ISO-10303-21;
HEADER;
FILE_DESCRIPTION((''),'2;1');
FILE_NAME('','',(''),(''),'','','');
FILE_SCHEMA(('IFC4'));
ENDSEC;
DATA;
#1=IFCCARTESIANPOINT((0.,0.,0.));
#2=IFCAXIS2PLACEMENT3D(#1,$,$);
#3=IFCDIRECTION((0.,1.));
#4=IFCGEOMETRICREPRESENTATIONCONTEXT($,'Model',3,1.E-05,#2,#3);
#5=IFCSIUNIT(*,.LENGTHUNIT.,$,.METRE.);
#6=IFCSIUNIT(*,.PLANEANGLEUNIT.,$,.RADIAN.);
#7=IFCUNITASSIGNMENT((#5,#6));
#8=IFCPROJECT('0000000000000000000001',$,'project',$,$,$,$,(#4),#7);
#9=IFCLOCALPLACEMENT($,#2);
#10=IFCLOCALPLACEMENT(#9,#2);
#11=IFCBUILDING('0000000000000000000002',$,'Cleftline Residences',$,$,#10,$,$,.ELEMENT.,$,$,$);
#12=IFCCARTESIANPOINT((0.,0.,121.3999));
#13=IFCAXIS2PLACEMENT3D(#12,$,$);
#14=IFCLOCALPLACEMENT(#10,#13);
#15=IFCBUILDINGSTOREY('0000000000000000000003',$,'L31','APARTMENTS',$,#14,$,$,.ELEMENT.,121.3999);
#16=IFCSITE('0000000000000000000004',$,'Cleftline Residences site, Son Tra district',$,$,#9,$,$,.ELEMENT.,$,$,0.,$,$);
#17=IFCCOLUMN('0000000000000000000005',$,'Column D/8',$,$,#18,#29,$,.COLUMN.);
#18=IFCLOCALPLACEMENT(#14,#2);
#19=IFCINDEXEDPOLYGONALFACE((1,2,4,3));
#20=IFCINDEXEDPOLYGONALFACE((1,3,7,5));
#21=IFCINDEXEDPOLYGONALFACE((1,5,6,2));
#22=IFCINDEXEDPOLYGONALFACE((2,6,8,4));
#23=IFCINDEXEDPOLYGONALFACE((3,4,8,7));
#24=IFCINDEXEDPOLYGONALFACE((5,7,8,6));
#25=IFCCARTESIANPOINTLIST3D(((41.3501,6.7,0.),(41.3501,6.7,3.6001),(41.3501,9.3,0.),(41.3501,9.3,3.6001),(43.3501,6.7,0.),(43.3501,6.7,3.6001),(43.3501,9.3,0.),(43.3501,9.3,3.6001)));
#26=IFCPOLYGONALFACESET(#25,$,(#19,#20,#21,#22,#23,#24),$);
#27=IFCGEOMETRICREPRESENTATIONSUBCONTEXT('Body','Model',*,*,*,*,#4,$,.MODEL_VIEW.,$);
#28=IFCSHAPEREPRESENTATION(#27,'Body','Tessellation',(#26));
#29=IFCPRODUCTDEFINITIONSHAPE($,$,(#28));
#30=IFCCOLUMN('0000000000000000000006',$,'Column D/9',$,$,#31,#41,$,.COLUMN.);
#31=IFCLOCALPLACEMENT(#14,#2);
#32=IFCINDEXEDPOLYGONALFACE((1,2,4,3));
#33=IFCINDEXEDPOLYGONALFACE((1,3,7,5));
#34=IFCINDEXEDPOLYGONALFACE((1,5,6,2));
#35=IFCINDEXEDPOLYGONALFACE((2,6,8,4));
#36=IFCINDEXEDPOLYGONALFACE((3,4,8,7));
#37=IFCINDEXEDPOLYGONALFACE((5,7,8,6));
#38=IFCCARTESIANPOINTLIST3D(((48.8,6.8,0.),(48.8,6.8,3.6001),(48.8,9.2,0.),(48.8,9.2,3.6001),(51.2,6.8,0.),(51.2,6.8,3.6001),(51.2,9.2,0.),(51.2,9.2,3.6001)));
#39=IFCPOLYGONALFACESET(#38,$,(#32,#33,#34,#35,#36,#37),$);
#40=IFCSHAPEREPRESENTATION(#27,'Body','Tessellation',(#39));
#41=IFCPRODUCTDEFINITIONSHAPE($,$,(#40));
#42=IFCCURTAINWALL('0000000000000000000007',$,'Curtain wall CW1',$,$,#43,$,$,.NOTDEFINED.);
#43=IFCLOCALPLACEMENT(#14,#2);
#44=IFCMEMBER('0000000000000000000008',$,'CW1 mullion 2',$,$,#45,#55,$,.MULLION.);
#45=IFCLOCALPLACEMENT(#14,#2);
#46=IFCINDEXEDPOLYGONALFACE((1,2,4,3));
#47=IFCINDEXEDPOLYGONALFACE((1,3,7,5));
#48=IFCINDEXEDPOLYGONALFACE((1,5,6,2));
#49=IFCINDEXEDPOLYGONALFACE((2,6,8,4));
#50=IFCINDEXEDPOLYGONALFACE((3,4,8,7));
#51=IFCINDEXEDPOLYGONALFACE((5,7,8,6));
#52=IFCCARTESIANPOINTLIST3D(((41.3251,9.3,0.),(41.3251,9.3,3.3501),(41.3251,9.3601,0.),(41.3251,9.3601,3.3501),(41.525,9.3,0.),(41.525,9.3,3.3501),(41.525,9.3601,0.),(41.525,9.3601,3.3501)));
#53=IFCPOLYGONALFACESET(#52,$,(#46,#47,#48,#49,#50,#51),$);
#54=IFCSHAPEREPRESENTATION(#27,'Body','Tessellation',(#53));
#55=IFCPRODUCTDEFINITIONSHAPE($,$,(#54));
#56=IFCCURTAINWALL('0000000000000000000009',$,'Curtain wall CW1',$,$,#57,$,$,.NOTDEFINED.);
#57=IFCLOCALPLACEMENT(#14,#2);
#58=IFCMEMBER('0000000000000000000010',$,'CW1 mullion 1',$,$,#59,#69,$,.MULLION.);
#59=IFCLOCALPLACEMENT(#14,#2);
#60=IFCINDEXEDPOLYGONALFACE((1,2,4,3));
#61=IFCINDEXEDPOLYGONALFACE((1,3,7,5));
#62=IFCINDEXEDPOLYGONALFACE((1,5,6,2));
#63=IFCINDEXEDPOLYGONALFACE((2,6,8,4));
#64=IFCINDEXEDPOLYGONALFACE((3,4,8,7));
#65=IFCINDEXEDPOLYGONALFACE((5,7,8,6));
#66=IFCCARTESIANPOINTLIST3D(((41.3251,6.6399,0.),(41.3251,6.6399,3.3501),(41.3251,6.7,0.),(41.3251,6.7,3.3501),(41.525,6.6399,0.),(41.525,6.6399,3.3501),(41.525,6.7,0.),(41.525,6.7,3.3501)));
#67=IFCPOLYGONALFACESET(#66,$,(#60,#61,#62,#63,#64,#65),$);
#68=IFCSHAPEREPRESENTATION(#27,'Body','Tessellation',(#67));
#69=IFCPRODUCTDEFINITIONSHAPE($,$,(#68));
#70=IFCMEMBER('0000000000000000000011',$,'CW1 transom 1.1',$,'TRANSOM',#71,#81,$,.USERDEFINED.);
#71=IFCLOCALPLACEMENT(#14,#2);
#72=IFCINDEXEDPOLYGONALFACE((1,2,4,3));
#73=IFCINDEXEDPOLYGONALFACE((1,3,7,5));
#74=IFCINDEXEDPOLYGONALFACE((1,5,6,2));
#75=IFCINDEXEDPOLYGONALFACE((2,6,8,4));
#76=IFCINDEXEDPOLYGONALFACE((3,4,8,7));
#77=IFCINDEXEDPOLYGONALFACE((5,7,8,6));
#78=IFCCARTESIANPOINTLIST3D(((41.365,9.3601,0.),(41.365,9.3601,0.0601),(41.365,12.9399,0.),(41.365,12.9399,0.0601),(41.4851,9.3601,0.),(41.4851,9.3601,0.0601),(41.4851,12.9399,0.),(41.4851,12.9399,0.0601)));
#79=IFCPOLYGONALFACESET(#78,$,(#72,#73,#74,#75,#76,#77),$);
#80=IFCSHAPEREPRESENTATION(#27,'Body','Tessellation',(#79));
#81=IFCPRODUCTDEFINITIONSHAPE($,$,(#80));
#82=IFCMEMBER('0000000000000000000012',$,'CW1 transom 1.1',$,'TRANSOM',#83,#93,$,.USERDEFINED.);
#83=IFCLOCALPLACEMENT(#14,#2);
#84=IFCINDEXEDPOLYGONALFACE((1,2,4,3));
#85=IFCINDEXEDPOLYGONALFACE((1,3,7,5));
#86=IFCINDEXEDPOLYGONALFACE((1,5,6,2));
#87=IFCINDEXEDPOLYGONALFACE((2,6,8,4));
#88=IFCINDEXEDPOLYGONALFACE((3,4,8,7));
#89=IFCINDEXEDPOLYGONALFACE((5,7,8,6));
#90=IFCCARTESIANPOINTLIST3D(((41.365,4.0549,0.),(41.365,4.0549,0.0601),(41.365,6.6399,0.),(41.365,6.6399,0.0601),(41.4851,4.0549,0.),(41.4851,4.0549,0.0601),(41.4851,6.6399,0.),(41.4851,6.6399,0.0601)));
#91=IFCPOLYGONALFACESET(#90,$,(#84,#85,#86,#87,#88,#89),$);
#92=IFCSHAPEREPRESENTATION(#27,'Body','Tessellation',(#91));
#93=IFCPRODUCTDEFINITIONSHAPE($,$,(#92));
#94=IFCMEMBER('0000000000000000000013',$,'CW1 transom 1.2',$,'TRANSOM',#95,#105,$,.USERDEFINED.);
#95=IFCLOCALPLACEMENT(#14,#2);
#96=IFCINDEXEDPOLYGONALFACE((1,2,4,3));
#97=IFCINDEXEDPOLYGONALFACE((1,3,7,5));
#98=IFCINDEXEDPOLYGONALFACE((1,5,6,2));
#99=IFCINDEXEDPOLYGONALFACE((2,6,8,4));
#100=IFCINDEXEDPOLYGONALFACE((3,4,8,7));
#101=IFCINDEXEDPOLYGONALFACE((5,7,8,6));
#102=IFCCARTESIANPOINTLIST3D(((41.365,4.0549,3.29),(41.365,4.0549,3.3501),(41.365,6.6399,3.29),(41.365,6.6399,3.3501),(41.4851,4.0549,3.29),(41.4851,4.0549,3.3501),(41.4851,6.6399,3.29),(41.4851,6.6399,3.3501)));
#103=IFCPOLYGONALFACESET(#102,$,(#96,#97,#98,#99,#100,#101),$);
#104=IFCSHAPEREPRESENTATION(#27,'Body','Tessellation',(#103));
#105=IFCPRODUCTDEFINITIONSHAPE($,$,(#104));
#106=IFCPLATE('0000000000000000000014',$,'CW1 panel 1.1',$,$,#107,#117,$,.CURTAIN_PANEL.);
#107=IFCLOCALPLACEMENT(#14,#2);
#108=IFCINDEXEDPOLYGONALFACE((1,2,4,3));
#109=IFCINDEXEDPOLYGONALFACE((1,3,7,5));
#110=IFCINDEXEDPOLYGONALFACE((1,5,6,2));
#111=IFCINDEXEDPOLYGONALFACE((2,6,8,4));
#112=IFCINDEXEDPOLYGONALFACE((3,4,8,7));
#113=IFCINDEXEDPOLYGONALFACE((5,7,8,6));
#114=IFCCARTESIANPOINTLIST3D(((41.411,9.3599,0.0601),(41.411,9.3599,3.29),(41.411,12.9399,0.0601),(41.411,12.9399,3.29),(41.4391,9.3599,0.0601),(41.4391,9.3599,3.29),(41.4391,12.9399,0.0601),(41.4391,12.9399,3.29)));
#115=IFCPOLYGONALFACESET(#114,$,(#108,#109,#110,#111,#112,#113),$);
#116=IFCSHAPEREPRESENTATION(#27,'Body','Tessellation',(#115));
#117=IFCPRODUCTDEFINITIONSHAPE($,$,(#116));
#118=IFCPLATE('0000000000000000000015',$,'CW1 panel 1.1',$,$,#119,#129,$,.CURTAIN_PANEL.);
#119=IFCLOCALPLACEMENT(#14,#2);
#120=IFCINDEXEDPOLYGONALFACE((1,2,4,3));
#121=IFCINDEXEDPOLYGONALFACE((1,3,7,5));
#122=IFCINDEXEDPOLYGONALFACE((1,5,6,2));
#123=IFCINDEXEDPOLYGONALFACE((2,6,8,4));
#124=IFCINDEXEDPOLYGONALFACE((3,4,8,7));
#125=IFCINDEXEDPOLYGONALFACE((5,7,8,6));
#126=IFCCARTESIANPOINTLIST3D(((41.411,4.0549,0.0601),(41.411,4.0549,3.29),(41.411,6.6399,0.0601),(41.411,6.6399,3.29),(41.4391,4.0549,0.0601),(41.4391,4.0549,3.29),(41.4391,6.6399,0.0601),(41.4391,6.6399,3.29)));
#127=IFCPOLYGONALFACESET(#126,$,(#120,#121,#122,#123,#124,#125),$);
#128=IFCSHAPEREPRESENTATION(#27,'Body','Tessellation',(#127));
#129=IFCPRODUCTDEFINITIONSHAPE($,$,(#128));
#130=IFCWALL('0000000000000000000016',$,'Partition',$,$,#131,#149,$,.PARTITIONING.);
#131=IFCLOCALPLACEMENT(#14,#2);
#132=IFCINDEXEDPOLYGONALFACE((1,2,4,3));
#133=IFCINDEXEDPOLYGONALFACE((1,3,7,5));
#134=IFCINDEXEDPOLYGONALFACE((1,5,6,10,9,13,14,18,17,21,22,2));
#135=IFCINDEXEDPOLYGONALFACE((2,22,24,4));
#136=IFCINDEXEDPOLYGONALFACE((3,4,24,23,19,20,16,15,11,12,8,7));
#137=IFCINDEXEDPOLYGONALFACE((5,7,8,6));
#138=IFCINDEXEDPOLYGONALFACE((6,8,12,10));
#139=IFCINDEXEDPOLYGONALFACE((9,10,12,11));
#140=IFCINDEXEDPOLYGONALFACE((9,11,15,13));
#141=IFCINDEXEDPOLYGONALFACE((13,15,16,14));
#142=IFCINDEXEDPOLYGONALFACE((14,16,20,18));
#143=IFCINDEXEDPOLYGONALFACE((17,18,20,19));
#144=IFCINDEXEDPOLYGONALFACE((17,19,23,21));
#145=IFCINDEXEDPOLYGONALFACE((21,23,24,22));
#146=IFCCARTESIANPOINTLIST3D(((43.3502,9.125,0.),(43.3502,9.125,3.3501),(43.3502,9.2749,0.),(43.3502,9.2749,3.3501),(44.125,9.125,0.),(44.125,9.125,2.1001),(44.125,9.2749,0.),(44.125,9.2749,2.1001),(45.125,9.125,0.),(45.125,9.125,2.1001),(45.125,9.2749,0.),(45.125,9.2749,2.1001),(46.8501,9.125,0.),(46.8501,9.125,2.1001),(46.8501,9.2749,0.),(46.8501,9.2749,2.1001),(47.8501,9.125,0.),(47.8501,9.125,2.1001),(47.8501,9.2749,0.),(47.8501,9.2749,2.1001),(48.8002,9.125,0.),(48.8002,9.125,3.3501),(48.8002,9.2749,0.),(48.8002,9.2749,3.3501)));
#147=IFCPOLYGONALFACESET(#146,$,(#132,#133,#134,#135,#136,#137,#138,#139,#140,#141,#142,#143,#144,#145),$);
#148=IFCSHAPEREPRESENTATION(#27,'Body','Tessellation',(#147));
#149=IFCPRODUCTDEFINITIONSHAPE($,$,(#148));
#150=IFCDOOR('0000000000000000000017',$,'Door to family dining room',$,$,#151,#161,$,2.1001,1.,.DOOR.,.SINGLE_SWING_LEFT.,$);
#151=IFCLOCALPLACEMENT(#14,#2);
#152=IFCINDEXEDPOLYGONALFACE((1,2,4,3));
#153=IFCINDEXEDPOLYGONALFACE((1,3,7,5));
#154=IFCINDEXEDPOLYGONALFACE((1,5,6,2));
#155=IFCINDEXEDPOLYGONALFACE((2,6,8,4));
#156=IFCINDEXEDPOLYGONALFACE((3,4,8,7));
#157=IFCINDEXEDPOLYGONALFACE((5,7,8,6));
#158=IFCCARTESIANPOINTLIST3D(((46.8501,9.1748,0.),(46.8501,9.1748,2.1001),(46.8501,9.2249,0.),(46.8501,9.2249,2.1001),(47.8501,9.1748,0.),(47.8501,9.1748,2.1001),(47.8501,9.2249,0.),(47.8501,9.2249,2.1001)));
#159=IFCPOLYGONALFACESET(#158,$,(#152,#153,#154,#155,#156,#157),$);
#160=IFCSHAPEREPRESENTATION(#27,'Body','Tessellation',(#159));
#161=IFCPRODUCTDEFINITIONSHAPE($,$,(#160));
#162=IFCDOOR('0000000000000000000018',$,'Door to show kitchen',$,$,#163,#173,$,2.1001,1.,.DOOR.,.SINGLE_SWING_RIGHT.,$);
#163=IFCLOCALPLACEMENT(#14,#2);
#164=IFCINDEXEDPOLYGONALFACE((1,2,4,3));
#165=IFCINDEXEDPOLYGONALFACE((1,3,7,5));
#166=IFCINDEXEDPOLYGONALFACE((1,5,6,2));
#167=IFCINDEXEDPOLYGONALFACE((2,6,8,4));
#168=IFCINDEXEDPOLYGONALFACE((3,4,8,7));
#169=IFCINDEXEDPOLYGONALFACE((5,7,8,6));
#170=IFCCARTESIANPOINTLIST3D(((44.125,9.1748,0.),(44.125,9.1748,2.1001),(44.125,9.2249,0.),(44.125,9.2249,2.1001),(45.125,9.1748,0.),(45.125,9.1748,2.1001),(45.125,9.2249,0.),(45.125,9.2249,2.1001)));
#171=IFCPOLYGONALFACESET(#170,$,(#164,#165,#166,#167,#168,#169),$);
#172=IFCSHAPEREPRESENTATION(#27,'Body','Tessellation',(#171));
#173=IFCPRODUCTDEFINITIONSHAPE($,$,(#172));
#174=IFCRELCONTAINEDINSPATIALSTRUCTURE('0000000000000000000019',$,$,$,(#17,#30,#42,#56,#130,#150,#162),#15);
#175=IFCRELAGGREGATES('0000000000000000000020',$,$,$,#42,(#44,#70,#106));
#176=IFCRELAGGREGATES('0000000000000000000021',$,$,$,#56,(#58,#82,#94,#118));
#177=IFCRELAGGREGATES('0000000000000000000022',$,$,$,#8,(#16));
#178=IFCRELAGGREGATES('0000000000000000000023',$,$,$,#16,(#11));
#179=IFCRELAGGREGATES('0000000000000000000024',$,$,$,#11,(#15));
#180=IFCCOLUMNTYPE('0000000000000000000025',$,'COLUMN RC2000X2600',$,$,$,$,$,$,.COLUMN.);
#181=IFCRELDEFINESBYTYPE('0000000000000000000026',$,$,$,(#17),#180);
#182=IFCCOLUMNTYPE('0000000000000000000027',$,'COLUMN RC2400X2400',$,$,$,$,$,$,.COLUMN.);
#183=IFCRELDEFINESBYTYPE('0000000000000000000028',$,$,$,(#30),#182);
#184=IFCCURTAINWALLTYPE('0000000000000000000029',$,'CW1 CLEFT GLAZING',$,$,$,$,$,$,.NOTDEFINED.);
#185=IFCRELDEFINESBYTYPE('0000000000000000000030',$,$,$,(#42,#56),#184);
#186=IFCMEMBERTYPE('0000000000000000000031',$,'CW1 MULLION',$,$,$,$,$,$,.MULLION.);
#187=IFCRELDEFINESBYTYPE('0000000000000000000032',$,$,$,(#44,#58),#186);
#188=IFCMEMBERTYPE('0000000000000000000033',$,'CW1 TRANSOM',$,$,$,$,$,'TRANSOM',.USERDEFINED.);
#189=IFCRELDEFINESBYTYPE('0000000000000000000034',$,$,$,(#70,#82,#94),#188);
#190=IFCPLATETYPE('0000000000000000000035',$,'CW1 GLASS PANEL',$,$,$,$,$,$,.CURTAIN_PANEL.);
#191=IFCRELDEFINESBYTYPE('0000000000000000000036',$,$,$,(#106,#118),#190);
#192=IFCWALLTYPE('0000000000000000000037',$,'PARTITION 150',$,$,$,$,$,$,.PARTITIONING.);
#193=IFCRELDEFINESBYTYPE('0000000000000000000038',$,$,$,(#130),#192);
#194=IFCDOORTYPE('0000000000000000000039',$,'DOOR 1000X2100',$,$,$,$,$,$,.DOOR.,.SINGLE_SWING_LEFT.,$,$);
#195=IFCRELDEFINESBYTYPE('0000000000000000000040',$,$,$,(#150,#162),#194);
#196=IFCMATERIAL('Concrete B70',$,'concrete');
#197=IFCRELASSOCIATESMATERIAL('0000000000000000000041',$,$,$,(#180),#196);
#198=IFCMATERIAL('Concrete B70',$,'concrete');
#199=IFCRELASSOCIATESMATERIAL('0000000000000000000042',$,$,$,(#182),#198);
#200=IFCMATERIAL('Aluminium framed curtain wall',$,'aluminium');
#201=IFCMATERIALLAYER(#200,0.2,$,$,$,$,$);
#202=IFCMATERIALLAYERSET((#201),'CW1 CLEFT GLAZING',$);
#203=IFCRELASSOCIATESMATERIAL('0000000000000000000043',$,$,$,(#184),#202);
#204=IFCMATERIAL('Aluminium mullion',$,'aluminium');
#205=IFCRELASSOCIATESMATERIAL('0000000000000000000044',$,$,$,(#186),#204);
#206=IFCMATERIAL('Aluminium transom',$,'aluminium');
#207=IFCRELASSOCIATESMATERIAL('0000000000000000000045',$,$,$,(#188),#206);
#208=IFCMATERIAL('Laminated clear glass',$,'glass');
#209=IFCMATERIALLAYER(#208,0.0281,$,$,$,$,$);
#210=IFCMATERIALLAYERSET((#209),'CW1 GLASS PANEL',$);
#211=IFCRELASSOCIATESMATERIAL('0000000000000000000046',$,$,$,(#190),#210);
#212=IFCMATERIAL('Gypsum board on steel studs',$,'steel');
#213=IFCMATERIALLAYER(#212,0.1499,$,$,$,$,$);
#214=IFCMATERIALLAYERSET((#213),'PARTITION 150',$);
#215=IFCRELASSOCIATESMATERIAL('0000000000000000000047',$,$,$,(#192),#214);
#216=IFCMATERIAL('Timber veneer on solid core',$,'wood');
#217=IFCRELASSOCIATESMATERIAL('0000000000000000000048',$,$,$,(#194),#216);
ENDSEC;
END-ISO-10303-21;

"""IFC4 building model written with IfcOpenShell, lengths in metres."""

from ifc_helpers import new_model, si_unit, direction, frame, frame_2d, origin, origin_2d, place, context, subcontext, project, spatial, rectangle, extrude, material, layer, layer_set, material_profile, profile_set, type_object, element, fill, aggregate, save


model = new_model("IFC4")

# Units and contexts
model_context = context("Model", 3, precision=1e-05, world=origin(), true_north=direction((0.0, 1.0)))
body_context = subcontext(model_context, "Body", "Model", "MODEL_VIEW")
ifc_project = project(units=[si_unit("LENGTHUNIT", "METRE"), si_unit("PLANEANGLEUNIT", "RADIAN")], contexts=[model_context])

# Site, building, storey
site_placement = place(None, origin())
site = spatial("IfcSite", under=ifc_project, at=site_placement, Name="Cleftline Residences site, Son Tra district", CompositionType="ELEMENT", RefElevation=0.0)
building_placement = place(site_placement, origin())
building = spatial("IfcBuilding", under=site, at=building_placement, Name="Cleftline Residences", CompositionType="ELEMENT")
storey_placement = place(building_placement, frame((0.0, 0.0, 121.3999)))
storey = spatial("IfcBuildingStorey", under=building, at=storey_placement, Name="L31", Description="APARTMENTS", CompositionType="ELEMENT", Elevation=121.3999)

# Columns
ifc_material_1 = material(Name="Concrete B70", Category="concrete")
ifc_material_profile_1 = material_profile(ifc_material_1, rectangle(XDim=2.0, YDim=2.6001, at=origin_2d()))
ifc_profile_set_1 = profile_set([ifc_material_profile_1], Name="Concrete B70")
column_type_1 = type_object("IfcColumnType", Name="COLUMN RC2000X2600", PredefinedType="COLUMN", material=ifc_profile_set_1)
column_1_placement = place(storey_placement, frame((42.3501, 8.0, 0.0), z_axis=(0.0, 0.0, 1.0), x_axis=(1.0, 0.0, 0.0)))
element("IfcColumn", 1, at=column_1_placement, inside=storey, type_object=column_type_1, Name="Column D/8", PredefinedType="COLUMN", context=body_context, shape_type="SweptSolid", body=[
    extrude(rectangle(XDim=2.0, YDim=2.6001, at=origin_2d()), origin(), (0.0, 0.0, 1.0), 3.6001),
])
ifc_material_2 = material(Name="Concrete B70", Category="concrete")
ifc_material_profile_2 = material_profile(ifc_material_2, rectangle(XDim=2.3999, YDim=2.3999, at=origin_2d()))
ifc_profile_set_2 = profile_set([ifc_material_profile_2], Name="Concrete B70")
column_type_2 = type_object("IfcColumnType", Name="COLUMN RC2400X2400", PredefinedType="COLUMN", material=ifc_profile_set_2)
column_2_placement = place(storey_placement, frame((50.0, 8.0, 0.0), z_axis=(0.0, 0.0, 1.0), x_axis=(1.0, 0.0, 0.0)))
element("IfcColumn", 2, at=column_2_placement, inside=storey, type_object=column_type_2, Name="Column D/9", PredefinedType="COLUMN", context=body_context, shape_type="SweptSolid", body=[
    extrude(rectangle(XDim=2.3999, YDim=2.3999, at=origin_2d()), origin(), (0.0, 0.0, 1.0), 3.6001),
])

# Curtain walls, members
ifc_material_3 = material(Name="Aluminium framed curtain wall", Category="aluminium")
ifc_layer_1 = layer(ifc_material_3, 0.2)
ifc_layer_set_1 = layer_set([ifc_layer_1], Name="CW1 CLEFT GLAZING")
curtain_wall_type = type_object("IfcCurtainWallType", Name="CW1 CLEFT GLAZING", PredefinedType="NOTDEFINED", material=ifc_layer_set_1)
curtain_wall_1_placement = place(storey_placement, origin())
curtain_wall_1 = element("IfcCurtainWall", 3, at=curtain_wall_1_placement, inside=storey, type_object=curtain_wall_type, Name="Curtain wall CW1", PredefinedType="NOTDEFINED")
ifc_material_4 = material(Name="Aluminium mullion", Category="aluminium")
ifc_material_profile_3 = material_profile(ifc_material_4, rectangle(XDim=0.2, YDim=0.0601, at=origin_2d()))
ifc_profile_set_3 = profile_set([ifc_material_profile_3], Name="Aluminium mullion")
member_type_1 = type_object("IfcMemberType", Name="CW1 MULLION", PredefinedType="MULLION", material=ifc_profile_set_3)
member_1_placement = place(storey_placement, frame((41.425, 9.3301, 0.0), z_axis=(0.0, 0.0, 1.0), x_axis=(1.0, 0.0, 0.0)))
member_1 = element("IfcMember", 4, at=member_1_placement, type_object=member_type_1, Name="CW1 mullion 2", PredefinedType="MULLION", context=body_context, shape_type="SweptSolid", body=[
    extrude(rectangle(XDim=0.2, YDim=0.0601, at=origin_2d()), origin(), (0.0, 0.0, 1.0), 3.3501),
])
curtain_wall_2_placement = place(storey_placement, origin())
curtain_wall_2 = element("IfcCurtainWall", 5, at=curtain_wall_2_placement, inside=storey, type_object=curtain_wall_type, Name="Curtain wall CW1", PredefinedType="NOTDEFINED")
member_2_placement = place(storey_placement, frame((41.425, 6.6699, 0.0), z_axis=(0.0, 0.0, 1.0), x_axis=(1.0, 0.0, 0.0)))
member_2 = element("IfcMember", 6, at=member_2_placement, type_object=member_type_1, Name="CW1 mullion 1", PredefinedType="MULLION", context=body_context, shape_type="SweptSolid", body=[
    extrude(rectangle(XDim=0.2, YDim=0.0601, at=origin_2d()), origin(), (0.0, 0.0, 1.0), 3.3501),
])

# Members
ifc_material_5 = material(Name="Aluminium transom", Category="aluminium")
ifc_material_profile_4 = material_profile(ifc_material_5, rectangle(XDim=0.1201, YDim=0.0601, at=origin_2d()))
ifc_profile_set_4 = profile_set([ifc_material_profile_4], Name="Aluminium transom")
member_type_2 = type_object("IfcMemberType", Name="CW1 TRANSOM", ElementType="TRANSOM", PredefinedType="USERDEFINED", material=ifc_profile_set_4)
member_3_placement = place(storey_placement, frame((41.425, 12.9399, 0.03), z_axis=(0.0, -1.0, 0.0), x_axis=(1.0, 0.0, 0.0)))
member_3 = element("IfcMember", 7, at=member_3_placement, type_object=member_type_2, Name="CW1 transom 1.1", ObjectType="TRANSOM", PredefinedType="USERDEFINED", context=body_context, shape_type="SweptSolid", body=[
    extrude(rectangle(XDim=0.1201, YDim=0.0601, at=origin_2d()), origin(), (0.0, 0.0, 1.0), 3.5798),
])
member_4_placement = place(storey_placement, frame((41.425, 6.6399, 0.03), z_axis=(0.0, -1.0, 0.0), x_axis=(1.0, 0.0, 0.0)))
member_4 = element("IfcMember", 8, at=member_4_placement, type_object=member_type_2, Name="CW1 transom 1.1", ObjectType="TRANSOM", PredefinedType="USERDEFINED", context=body_context, shape_type="SweptSolid", body=[
    extrude(rectangle(XDim=0.1201, YDim=0.0601, at=origin_2d()), origin(), (0.0, 0.0, 1.0), 2.585),
])
member_5_placement = place(storey_placement, frame((41.425, 6.6399, 3.3201), z_axis=(0.0, -1.0, 0.0), x_axis=(1.0, 0.0, 0.0)))
member_5 = element("IfcMember", 9, at=member_5_placement, type_object=member_type_2, Name="CW1 transom 1.2", ObjectType="TRANSOM", PredefinedType="USERDEFINED", context=body_context, shape_type="SweptSolid", body=[
    extrude(rectangle(XDim=0.1201, YDim=0.0601, at=origin_2d()), origin(), (0.0, 0.0, 1.0), 2.585),
])

# Plates
ifc_material_6 = material(Name="Laminated clear glass", Category="glass")
ifc_layer_2 = layer(ifc_material_6, 0.0281)
ifc_layer_set_2 = layer_set([ifc_layer_2], Name="CW1 GLASS PANEL")
plate_type = type_object("IfcPlateType", Name="CW1 GLASS PANEL", PredefinedType="CURTAIN_PANEL", material=ifc_layer_set_2)
plate_1_placement = place(storey_placement, frame((41.425, 11.1499, 0.0601), z_axis=(0.0, 0.0, 1.0), x_axis=(0.0, -1.0, 0.0)))
plate_1 = element("IfcPlate", 10, at=plate_1_placement, type_object=plate_type, Name="CW1 panel 1.1", PredefinedType="CURTAIN_PANEL", context=body_context, shape_type="SweptSolid", body=[
    extrude(rectangle(XDim=3.5801, YDim=0.0281, at=origin_2d()), origin(), (0.0, 0.0, 1.0), 3.23),
])
aggregate(curtain_wall_1, [member_1, member_3, plate_1])
plate_2_placement = place(storey_placement, frame((41.425, 5.3474, 0.0601), z_axis=(0.0, 0.0, 1.0), x_axis=(0.0, -1.0, 0.0)))
plate_2 = element("IfcPlate", 11, at=plate_2_placement, type_object=plate_type, Name="CW1 panel 1.1", PredefinedType="CURTAIN_PANEL", context=body_context, shape_type="SweptSolid", body=[
    extrude(rectangle(XDim=2.585, YDim=0.0281, at=origin_2d()), origin(), (0.0, 0.0, 1.0), 3.23),
])
aggregate(curtain_wall_2, [member_2, member_4, member_5, plate_2])

# Wall, openings, doors
ifc_material_7 = material(Name="Gypsum board on steel studs", Category="steel")
ifc_layer_3 = layer(ifc_material_7, 0.1499)
ifc_layer_set_3 = layer_set([ifc_layer_3], Name="PARTITION 150")
wall_type = type_object("IfcWallType", Name="PARTITION 150", PredefinedType="PARTITIONING", material=ifc_layer_set_3)
wall_1_placement = place(storey_placement, frame((43.3501, 9.2, 0.0), z_axis=(0.0, 0.0, 1.0), x_axis=(1.0, 0.0, 0.0)))
wall_1 = element("IfcWall", 12, at=wall_1_placement, inside=storey, type_object=wall_type, Name="Partition", PredefinedType="PARTITIONING", context=body_context, shape_type="SweptSolid", body=[
    extrude(rectangle(XDim=5.45, YDim=0.1499, at=frame_2d((2.7251, 0.0))), origin(), (0.0, 0.0, 1.0), 3.3501),
])
opening_1_placement = place(wall_1_placement, frame((3.5, 0.0, 0.0)))
opening_1 = element("IfcOpeningElement", 13, at=opening_1_placement, cuts=wall_1, PredefinedType="OPENING", context=body_context, shape_type="SweptSolid", body=[
    extrude(rectangle(XDim=1.0, YDim=2.1001, at=frame_2d((0.5, 1.05))), frame((0.0, 0.085, 0.0), z_axis=(0.0, -1.0, 0.0), x_axis=(1.0, 0.0, 0.0)), (0.0, 0.0, 1.0), 0.1699),
])
opening_2_placement = place(wall_1_placement, frame((0.7749, 0.0, 0.0)))
opening_2 = element("IfcOpeningElement", 14, at=opening_2_placement, cuts=wall_1, PredefinedType="OPENING", context=body_context, shape_type="SweptSolid", body=[
    extrude(rectangle(XDim=1.0, YDim=2.1001, at=frame_2d((0.5, 1.05))), frame((0.0, 0.085, 0.0), z_axis=(0.0, -1.0, 0.0), x_axis=(1.0, 0.0, 0.0)), (0.0, 0.0, 1.0), 0.1699),
])
ifc_material_8 = material(Name="Timber veneer on solid core", Category="wood")
door_type = type_object("IfcDoorType", Name="DOOR 1000X2100", OperationType="SINGLE_SWING_LEFT", PredefinedType="DOOR", material=ifc_material_8)
door_1_placement = place(opening_1_placement, origin())
door_1 = element("IfcDoor", 15, at=door_1_placement, inside=storey, type_object=door_type, Name="Door to family dining room", OperationType="SINGLE_SWING_LEFT", OverallHeight=2.1001, OverallWidth=1.0, PredefinedType="DOOR", context=body_context, shape_type="SweptSolid", body=[
    extrude(rectangle(XDim=1.0, YDim=2.1001, at=frame_2d((0.5, 1.05))), frame((0.0, 0.0249, 0.0), z_axis=(0.0, -1.0, 0.0), x_axis=(1.0, 0.0, 0.0)), (0.0, 0.0, 1.0), 0.05),
])
fill(opening_1, door_1)
door_2_placement = place(opening_2_placement, origin())
door_2 = element("IfcDoor", 16, at=door_2_placement, inside=storey, type_object=door_type, Name="Door to show kitchen", OperationType="SINGLE_SWING_RIGHT", OverallHeight=2.1001, OverallWidth=1.0, PredefinedType="DOOR", context=body_context, shape_type="SweptSolid", body=[
    extrude(rectangle(XDim=1.0, YDim=2.1001, at=frame_2d((0.5, 1.05))), frame((0.0, 0.0249, 0.0), z_axis=(0.0, -1.0, 0.0), x_axis=(1.0, 0.0, 0.0)), (0.0, 0.0, 1.0), 0.05),
])
fill(opening_2, door_2)

save(model, "model.ifc")
